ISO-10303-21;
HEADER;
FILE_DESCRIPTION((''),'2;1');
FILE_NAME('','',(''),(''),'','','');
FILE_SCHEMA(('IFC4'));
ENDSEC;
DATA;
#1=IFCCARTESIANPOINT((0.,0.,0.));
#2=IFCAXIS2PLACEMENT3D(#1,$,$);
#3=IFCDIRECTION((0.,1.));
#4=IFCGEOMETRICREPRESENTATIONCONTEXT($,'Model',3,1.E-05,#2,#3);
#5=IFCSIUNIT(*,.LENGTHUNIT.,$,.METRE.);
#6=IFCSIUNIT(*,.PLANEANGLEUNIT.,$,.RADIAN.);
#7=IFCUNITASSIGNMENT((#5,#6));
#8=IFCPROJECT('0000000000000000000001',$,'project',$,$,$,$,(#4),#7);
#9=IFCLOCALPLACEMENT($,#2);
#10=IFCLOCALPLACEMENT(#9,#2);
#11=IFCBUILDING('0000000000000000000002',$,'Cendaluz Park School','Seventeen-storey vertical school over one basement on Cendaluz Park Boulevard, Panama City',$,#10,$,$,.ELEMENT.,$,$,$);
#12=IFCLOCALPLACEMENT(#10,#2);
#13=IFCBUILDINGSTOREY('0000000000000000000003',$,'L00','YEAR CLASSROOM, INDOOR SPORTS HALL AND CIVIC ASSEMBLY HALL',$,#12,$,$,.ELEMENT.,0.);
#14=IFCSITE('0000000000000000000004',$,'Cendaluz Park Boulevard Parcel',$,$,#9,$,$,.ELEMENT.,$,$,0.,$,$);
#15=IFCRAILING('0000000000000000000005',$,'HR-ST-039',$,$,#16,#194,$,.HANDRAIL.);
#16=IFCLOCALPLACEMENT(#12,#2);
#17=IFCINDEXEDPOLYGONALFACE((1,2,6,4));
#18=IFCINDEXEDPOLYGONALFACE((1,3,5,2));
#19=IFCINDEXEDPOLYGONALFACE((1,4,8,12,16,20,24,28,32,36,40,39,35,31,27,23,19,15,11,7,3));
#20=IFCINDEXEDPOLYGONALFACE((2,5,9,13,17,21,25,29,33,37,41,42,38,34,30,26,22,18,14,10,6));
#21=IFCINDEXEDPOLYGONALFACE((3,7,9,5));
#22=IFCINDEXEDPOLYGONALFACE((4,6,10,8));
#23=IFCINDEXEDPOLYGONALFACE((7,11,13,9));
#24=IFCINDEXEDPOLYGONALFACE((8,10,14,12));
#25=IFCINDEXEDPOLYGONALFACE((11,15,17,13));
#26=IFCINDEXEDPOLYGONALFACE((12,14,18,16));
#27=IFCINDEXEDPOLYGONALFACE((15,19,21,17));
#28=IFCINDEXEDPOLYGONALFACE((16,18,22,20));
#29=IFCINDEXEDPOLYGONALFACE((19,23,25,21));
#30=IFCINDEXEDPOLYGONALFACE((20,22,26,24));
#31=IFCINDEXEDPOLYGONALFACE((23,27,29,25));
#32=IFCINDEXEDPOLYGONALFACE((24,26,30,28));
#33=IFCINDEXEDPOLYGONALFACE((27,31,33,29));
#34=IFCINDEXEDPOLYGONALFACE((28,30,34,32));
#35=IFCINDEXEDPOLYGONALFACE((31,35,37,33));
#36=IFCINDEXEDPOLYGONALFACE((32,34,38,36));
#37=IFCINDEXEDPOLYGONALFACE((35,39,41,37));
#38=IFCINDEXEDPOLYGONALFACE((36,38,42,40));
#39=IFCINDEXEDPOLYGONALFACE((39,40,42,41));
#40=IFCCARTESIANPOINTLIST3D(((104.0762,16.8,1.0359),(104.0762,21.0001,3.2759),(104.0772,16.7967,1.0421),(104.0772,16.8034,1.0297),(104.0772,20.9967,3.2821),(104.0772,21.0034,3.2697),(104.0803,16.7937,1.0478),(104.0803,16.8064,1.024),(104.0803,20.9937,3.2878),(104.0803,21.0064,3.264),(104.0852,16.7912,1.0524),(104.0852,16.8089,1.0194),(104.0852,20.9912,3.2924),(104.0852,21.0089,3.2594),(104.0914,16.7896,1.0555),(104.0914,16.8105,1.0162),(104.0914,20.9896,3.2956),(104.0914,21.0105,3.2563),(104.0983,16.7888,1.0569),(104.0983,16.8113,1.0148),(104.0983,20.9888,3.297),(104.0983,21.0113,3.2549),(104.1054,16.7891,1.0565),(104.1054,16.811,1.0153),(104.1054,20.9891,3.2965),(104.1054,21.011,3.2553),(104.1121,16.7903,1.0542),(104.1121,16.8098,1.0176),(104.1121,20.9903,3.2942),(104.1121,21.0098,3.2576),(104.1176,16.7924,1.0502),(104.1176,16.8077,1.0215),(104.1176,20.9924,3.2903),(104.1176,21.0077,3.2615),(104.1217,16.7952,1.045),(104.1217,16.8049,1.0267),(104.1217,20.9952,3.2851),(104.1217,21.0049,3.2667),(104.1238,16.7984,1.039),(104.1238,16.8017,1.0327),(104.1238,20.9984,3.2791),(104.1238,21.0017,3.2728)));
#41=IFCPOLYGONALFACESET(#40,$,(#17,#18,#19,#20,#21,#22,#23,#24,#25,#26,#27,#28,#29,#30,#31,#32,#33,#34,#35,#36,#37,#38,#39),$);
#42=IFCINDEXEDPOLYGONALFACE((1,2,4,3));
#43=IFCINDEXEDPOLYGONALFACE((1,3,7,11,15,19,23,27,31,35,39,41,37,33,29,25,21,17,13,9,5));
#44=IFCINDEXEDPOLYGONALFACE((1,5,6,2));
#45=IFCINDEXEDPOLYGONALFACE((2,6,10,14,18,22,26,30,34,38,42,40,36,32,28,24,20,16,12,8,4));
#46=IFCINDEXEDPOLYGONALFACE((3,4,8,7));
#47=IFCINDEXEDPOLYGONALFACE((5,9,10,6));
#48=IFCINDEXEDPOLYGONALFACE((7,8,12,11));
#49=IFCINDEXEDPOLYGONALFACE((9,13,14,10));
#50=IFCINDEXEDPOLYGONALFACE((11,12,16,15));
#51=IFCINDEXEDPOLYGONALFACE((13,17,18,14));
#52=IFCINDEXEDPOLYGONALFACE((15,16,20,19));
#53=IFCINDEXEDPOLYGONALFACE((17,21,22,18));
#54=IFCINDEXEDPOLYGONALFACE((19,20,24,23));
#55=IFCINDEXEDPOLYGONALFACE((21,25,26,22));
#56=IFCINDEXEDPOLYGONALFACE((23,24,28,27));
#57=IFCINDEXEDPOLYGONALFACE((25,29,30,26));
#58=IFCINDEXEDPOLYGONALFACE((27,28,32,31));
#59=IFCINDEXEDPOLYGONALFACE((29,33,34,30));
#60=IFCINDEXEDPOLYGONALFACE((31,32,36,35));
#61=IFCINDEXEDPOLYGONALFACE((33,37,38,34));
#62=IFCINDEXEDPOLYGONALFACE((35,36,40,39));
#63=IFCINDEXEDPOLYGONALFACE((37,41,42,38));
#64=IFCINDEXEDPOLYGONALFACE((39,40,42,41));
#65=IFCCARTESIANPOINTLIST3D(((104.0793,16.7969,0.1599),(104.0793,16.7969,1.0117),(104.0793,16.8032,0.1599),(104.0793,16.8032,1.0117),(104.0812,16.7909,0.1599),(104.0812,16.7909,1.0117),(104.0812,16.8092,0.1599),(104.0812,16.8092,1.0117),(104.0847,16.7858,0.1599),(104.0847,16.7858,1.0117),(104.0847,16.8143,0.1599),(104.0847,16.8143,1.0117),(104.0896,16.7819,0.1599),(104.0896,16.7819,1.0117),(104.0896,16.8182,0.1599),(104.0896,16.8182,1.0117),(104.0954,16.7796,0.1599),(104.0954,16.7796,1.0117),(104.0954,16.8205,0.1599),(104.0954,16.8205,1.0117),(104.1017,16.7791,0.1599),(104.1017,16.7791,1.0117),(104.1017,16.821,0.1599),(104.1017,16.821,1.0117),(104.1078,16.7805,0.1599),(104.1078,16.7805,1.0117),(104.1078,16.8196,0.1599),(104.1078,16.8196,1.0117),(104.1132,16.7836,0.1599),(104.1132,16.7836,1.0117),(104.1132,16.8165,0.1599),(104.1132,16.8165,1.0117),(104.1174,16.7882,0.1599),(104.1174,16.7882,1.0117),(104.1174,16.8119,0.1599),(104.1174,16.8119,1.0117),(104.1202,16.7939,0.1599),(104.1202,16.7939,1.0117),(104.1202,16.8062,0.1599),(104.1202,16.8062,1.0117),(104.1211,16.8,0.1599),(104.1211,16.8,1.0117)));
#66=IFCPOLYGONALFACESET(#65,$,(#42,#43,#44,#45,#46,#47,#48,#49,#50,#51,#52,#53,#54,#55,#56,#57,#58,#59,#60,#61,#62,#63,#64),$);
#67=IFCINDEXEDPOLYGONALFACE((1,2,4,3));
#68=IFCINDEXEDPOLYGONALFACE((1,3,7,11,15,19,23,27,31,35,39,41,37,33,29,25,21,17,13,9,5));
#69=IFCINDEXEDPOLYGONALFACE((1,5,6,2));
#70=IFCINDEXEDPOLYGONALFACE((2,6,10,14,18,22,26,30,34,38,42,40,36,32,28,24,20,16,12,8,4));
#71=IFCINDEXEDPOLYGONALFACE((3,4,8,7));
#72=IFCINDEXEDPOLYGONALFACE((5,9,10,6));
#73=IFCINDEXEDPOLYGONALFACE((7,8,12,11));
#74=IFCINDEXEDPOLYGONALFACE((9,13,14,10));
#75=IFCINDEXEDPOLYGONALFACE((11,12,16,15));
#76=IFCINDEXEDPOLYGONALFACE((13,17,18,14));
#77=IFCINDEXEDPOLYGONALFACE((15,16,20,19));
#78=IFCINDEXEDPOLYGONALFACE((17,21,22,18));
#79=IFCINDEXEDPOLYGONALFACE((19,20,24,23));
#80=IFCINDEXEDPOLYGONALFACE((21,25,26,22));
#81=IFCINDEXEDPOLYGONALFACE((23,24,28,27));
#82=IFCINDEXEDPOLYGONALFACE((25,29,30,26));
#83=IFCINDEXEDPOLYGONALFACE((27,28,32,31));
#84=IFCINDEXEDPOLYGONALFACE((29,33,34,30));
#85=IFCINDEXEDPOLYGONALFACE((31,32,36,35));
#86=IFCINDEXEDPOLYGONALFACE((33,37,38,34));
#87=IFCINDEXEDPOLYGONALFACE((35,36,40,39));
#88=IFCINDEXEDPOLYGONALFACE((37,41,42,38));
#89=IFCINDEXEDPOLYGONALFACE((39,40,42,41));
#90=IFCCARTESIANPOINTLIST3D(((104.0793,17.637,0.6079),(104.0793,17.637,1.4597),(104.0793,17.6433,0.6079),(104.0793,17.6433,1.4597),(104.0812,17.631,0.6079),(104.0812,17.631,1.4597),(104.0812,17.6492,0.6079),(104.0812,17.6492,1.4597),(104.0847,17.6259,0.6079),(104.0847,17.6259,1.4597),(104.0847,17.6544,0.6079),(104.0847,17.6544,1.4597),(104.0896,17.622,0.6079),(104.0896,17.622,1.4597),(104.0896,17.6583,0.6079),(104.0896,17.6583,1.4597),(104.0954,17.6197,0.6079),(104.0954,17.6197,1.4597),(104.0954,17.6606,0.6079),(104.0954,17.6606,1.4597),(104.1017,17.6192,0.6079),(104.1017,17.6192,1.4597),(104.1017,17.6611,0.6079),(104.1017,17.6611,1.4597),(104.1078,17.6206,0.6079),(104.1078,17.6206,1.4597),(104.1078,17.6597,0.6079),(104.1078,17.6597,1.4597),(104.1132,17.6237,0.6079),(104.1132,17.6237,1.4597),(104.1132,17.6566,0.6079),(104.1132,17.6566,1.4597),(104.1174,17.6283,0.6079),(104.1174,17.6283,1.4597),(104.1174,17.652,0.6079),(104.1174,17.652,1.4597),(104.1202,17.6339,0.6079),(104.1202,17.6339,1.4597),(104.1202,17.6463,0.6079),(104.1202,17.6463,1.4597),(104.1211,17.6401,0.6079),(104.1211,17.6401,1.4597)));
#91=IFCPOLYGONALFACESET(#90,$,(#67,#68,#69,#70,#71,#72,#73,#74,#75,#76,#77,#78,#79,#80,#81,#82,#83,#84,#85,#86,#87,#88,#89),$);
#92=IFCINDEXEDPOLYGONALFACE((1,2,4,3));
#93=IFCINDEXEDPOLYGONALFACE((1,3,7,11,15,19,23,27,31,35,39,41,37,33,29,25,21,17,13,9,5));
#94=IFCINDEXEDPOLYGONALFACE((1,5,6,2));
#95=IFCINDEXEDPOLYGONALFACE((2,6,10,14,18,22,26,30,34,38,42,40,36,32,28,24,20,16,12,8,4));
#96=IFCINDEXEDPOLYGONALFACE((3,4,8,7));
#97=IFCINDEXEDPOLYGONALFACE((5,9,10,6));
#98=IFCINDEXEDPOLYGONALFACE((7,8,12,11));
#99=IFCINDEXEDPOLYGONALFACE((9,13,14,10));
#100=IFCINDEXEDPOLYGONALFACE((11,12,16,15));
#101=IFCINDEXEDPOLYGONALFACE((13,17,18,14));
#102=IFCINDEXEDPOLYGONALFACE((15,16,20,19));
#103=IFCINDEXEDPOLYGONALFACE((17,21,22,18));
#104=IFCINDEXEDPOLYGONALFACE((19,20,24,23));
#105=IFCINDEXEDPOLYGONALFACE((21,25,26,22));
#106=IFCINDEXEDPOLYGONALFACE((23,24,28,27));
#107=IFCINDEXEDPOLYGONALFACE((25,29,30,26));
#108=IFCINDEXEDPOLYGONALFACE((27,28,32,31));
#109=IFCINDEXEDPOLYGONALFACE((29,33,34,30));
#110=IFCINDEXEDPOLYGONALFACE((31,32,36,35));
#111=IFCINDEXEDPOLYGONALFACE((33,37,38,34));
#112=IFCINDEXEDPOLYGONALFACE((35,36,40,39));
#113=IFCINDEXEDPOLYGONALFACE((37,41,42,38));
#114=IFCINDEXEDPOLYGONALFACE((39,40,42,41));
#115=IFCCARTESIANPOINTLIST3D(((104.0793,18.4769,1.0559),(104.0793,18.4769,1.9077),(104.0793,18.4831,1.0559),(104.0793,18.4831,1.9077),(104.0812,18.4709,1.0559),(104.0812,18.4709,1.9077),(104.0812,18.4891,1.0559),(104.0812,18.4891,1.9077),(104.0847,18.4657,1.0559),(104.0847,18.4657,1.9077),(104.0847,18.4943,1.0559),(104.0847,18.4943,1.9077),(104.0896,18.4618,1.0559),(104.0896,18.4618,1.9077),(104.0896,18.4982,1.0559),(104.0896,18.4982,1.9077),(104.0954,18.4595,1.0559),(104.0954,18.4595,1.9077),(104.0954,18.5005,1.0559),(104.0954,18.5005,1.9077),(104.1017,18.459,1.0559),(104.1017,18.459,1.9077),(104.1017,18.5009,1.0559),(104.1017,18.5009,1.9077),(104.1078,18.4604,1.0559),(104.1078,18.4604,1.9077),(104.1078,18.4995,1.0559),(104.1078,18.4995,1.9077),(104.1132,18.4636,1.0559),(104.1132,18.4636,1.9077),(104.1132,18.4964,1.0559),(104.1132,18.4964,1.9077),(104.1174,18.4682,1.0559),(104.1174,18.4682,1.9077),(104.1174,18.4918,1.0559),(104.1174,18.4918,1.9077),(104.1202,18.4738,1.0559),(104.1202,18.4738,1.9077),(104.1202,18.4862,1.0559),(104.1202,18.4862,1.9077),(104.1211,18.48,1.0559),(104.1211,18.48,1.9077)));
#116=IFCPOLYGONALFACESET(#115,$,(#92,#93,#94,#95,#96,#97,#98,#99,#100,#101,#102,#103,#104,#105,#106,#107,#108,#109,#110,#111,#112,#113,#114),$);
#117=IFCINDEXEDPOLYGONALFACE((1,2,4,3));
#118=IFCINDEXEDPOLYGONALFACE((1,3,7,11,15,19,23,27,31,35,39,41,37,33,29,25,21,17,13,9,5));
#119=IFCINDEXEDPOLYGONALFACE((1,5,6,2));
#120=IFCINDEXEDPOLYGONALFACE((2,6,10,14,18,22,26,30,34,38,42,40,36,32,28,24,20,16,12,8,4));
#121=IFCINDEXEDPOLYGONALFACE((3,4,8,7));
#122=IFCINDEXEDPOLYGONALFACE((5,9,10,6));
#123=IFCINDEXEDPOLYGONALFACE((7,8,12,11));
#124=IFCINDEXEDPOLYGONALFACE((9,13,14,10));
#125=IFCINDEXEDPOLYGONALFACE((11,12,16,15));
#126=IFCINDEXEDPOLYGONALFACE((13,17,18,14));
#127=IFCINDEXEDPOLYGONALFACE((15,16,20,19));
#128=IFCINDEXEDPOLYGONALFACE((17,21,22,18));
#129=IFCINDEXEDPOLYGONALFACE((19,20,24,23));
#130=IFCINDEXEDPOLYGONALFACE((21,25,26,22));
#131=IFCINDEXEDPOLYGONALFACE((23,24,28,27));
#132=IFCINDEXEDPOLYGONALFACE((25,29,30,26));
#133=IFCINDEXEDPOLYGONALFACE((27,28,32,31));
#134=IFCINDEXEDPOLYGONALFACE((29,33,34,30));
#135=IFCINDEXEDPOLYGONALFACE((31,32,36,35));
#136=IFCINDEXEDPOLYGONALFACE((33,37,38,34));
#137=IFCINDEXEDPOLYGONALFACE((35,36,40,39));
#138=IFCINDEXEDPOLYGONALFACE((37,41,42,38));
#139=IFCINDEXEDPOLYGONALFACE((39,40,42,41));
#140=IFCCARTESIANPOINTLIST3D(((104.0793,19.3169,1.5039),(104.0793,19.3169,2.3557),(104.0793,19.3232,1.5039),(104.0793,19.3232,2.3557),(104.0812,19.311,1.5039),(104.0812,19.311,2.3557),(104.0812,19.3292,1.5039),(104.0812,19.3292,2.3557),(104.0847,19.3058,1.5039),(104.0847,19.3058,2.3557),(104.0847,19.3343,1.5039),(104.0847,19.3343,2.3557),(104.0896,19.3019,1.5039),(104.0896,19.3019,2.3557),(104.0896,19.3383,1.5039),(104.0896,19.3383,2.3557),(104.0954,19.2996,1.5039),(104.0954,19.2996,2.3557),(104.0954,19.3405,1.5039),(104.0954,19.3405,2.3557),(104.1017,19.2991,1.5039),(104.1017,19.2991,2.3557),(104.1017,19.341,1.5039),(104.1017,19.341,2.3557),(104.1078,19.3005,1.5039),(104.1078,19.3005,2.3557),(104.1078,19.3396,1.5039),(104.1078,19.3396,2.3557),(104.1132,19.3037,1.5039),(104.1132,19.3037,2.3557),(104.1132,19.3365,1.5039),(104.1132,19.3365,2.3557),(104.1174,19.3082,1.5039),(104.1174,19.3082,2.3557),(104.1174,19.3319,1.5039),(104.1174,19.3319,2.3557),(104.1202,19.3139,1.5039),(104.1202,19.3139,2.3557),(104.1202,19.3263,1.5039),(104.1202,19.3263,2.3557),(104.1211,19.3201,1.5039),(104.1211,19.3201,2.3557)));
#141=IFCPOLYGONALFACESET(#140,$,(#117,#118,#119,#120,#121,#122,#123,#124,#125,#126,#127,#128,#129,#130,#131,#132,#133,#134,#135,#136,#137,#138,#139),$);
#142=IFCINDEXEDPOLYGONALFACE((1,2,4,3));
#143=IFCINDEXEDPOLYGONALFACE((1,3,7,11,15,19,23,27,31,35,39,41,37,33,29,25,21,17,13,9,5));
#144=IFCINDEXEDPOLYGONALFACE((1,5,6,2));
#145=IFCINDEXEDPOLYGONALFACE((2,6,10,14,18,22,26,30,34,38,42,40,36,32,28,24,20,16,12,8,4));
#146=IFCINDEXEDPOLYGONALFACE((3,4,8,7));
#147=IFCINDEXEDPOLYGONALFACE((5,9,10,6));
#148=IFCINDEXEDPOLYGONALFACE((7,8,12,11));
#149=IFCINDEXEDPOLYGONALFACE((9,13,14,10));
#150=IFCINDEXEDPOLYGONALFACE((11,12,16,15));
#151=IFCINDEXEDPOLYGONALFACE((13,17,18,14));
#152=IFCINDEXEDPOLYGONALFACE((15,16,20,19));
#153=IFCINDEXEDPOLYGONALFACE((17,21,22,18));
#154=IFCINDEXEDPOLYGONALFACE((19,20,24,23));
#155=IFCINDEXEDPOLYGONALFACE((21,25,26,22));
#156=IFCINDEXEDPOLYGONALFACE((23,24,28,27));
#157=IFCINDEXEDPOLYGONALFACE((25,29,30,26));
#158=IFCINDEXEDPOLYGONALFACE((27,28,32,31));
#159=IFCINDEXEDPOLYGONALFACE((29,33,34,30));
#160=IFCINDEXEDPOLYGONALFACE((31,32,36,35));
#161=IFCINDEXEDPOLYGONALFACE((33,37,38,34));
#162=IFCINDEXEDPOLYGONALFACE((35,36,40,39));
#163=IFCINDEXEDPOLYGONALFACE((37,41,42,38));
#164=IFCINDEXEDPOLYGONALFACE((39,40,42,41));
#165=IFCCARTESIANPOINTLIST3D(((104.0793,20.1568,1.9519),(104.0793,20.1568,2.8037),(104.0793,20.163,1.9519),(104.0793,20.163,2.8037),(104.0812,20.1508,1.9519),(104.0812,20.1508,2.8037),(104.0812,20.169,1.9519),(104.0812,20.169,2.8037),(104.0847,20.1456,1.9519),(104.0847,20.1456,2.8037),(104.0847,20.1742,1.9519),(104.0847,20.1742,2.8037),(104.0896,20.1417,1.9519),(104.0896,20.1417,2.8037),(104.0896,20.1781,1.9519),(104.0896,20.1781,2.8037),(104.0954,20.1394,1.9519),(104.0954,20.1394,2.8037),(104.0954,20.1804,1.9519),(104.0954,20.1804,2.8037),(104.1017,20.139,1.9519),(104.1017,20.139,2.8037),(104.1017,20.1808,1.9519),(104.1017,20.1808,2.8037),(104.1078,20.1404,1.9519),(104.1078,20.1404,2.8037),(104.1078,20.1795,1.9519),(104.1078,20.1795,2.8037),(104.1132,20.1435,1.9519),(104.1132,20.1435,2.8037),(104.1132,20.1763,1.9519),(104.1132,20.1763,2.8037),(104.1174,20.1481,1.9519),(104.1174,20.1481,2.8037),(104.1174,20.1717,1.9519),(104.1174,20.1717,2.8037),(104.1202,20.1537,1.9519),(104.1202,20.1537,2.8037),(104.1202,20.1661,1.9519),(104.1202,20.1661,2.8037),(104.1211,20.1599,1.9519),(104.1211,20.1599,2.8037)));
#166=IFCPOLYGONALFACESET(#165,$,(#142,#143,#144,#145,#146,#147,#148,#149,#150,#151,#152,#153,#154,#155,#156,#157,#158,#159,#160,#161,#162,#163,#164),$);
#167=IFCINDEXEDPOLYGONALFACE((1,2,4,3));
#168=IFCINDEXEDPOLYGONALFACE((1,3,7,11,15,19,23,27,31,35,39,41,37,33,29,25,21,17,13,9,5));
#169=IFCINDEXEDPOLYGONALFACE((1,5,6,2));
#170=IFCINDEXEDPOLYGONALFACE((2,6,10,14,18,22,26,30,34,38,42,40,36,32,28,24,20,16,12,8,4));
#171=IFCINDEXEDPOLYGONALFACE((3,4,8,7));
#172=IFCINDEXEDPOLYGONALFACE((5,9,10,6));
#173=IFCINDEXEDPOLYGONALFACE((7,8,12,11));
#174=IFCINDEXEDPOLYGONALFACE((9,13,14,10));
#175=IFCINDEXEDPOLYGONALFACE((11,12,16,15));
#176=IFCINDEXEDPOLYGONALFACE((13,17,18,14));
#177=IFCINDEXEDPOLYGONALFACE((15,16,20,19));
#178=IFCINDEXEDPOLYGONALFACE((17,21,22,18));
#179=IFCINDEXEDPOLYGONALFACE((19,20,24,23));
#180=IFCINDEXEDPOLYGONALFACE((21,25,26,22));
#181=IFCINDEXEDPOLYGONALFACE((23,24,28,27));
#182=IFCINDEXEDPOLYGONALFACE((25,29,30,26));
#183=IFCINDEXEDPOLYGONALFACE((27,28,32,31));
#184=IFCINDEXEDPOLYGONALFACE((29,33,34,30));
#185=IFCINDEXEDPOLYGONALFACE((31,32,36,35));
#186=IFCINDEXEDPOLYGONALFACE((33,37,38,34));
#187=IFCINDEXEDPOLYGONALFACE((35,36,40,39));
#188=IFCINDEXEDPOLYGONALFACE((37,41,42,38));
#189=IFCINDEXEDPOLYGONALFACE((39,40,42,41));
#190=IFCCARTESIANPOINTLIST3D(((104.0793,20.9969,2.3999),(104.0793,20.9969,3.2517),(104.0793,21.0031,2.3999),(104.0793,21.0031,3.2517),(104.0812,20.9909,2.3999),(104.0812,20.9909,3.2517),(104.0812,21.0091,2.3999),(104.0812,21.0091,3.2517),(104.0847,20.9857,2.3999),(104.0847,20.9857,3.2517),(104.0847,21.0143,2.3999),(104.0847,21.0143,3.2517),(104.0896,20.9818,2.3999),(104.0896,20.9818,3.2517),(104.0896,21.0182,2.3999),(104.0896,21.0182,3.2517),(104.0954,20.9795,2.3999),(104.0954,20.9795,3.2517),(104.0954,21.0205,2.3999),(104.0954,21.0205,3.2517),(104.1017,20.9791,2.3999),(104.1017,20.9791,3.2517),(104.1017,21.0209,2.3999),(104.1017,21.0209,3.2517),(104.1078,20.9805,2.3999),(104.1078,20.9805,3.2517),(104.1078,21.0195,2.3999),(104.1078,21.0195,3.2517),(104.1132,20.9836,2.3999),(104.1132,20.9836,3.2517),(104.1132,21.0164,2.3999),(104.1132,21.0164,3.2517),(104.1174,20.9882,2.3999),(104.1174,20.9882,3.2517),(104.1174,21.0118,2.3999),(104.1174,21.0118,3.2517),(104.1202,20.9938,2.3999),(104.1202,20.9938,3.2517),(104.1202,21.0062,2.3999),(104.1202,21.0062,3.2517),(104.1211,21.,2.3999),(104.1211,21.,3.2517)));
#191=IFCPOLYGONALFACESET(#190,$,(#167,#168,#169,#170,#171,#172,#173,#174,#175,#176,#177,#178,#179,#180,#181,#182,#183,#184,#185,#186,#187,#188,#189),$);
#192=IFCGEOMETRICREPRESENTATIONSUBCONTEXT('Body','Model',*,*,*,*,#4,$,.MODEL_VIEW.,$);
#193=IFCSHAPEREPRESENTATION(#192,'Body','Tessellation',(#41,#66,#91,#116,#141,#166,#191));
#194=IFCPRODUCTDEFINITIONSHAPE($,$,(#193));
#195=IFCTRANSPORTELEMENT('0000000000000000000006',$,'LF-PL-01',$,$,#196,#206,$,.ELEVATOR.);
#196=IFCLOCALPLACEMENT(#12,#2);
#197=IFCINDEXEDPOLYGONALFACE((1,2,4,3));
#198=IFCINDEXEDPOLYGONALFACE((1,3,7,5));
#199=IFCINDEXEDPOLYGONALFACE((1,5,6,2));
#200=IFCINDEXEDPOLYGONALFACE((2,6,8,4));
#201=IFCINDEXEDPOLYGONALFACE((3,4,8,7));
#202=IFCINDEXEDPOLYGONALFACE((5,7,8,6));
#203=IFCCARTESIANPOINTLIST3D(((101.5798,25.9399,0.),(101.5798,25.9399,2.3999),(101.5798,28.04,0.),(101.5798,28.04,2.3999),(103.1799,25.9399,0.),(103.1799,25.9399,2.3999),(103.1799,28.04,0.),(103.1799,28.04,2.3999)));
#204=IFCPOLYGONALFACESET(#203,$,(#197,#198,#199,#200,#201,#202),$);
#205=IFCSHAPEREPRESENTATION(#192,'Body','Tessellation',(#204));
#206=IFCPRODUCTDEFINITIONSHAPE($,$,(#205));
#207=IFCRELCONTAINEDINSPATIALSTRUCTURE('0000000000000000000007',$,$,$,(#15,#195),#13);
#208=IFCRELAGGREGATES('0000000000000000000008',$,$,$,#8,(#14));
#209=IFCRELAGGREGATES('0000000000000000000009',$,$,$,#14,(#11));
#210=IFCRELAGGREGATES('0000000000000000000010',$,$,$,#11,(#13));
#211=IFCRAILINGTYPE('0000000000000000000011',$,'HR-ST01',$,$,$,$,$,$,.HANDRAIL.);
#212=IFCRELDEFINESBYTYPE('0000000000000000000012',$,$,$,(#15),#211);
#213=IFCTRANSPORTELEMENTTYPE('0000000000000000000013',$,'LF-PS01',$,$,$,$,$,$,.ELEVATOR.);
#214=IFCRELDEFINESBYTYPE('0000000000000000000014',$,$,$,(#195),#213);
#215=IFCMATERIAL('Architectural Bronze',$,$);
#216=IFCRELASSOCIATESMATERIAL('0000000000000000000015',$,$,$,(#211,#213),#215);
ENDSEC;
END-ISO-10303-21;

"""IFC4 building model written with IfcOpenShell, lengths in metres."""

from ifc_helpers import new_model, si_unit, direction, frame, origin, origin_2d, place, context, subcontext, project, spatial, rectangle, circle, extrude, material, type_object, element, save


model = new_model("IFC4")

# Units and contexts
model_context = context("Model", 3, precision=1e-05, world=origin(), true_north=direction((0.0, 1.0)))
body_context = subcontext(model_context, "Body", "Model", "MODEL_VIEW")
ifc_project = project(units=[si_unit("LENGTHUNIT", "METRE"), si_unit("PLANEANGLEUNIT", "RADIAN")], contexts=[model_context])

# Site, building, storey
site_placement = place(None, origin())
site = spatial("IfcSite", under=ifc_project, at=site_placement, Name="Cendaluz Park Boulevard Parcel", CompositionType="ELEMENT", RefElevation=0.0)
building_placement = place(site_placement, origin())
building = spatial("IfcBuilding", under=site, at=building_placement, Name="Cendaluz Park School", Description="Seventeen-storey vertical school over one basement on Cendaluz Park Boulevard, Panama City", CompositionType="ELEMENT")
storey_placement = place(building_placement, origin())
storey = spatial("IfcBuildingStorey", under=building, at=storey_placement, Name="L00", Description="YEAR CLASSROOM, INDOOR SPORTS HALL AND CIVIC ASSEMBLY HALL", CompositionType="ELEMENT", Elevation=0.0)

# Railing
ifc_material_1 = material(Name="Architectural Bronze")
railing_type_1 = type_object("IfcRailingType", Name="HR-ST01", PredefinedType="HANDRAIL", material=ifc_material_1)
railing_1_placement = place(storey_placement, frame((104.1001, 16.8, 0.1599)))
element("IfcRailing", 1, at=railing_1_placement, inside=storey, type_object=railing_type_1, Name="HR-ST-039", PredefinedType="HANDRAIL", context=body_context, shape_type="SweptSolid", body=[
    extrude(circle(Radius=0.0239, at=origin_2d()), frame((0.0, 0.0, 0.876), z_axis=(0.0, 0.882352, 0.470591), x_axis=(-1.0, 0.0, 0.0)), (0.0, 0.0, 1.0), 4.76),
    extrude(circle(Radius=0.021, at=origin_2d()), origin(), (0.0, 0.0, 1.0), 0.8518),
    extrude(circle(Radius=0.021, at=origin_2d()), frame((0.0, 0.8401, 0.448)), (0.0, 0.0, 1.0), 0.8518),
    extrude(circle(Radius=0.021, at=origin_2d()), frame((0.0, 1.6799, 0.896)), (0.0, 0.0, 1.0), 0.8518),
    extrude(circle(Radius=0.021, at=origin_2d()), frame((0.0, 2.52, 1.344)), (0.0, 0.0, 1.0), 0.8518),
    extrude(circle(Radius=0.021, at=origin_2d()), frame((0.0, 3.3599, 1.792)), (0.0, 0.0, 1.0), 0.8518),
    extrude(circle(Radius=0.021, at=origin_2d()), frame((0.0, 4.2, 2.24)), (0.0, 0.0, 1.0), 0.8518),
])

# Transport element
transport_element_type = type_object("IfcTransportElementType", Name="LF-PS01", PredefinedType="ELEVATOR", material=ifc_material_1)
transport_element_placement = place(storey_placement, frame((102.3799, 26.99, 0.0), z_axis=(0.0, 0.0, 1.0), x_axis=(1.0, 0.0, 0.0)))
element("IfcTransportElement", 2, at=transport_element_placement, inside=storey, type_object=transport_element_type, Name="LF-PL-01", PredefinedType="ELEVATOR", context=body_context, shape_type="SweptSolid", body=[
    extrude(rectangle(XDim=1.6001, YDim=2.1001, at=origin_2d()), origin(), (0.0, 0.0, 1.0), 2.3999),
])

save(model, "model.ifc")
